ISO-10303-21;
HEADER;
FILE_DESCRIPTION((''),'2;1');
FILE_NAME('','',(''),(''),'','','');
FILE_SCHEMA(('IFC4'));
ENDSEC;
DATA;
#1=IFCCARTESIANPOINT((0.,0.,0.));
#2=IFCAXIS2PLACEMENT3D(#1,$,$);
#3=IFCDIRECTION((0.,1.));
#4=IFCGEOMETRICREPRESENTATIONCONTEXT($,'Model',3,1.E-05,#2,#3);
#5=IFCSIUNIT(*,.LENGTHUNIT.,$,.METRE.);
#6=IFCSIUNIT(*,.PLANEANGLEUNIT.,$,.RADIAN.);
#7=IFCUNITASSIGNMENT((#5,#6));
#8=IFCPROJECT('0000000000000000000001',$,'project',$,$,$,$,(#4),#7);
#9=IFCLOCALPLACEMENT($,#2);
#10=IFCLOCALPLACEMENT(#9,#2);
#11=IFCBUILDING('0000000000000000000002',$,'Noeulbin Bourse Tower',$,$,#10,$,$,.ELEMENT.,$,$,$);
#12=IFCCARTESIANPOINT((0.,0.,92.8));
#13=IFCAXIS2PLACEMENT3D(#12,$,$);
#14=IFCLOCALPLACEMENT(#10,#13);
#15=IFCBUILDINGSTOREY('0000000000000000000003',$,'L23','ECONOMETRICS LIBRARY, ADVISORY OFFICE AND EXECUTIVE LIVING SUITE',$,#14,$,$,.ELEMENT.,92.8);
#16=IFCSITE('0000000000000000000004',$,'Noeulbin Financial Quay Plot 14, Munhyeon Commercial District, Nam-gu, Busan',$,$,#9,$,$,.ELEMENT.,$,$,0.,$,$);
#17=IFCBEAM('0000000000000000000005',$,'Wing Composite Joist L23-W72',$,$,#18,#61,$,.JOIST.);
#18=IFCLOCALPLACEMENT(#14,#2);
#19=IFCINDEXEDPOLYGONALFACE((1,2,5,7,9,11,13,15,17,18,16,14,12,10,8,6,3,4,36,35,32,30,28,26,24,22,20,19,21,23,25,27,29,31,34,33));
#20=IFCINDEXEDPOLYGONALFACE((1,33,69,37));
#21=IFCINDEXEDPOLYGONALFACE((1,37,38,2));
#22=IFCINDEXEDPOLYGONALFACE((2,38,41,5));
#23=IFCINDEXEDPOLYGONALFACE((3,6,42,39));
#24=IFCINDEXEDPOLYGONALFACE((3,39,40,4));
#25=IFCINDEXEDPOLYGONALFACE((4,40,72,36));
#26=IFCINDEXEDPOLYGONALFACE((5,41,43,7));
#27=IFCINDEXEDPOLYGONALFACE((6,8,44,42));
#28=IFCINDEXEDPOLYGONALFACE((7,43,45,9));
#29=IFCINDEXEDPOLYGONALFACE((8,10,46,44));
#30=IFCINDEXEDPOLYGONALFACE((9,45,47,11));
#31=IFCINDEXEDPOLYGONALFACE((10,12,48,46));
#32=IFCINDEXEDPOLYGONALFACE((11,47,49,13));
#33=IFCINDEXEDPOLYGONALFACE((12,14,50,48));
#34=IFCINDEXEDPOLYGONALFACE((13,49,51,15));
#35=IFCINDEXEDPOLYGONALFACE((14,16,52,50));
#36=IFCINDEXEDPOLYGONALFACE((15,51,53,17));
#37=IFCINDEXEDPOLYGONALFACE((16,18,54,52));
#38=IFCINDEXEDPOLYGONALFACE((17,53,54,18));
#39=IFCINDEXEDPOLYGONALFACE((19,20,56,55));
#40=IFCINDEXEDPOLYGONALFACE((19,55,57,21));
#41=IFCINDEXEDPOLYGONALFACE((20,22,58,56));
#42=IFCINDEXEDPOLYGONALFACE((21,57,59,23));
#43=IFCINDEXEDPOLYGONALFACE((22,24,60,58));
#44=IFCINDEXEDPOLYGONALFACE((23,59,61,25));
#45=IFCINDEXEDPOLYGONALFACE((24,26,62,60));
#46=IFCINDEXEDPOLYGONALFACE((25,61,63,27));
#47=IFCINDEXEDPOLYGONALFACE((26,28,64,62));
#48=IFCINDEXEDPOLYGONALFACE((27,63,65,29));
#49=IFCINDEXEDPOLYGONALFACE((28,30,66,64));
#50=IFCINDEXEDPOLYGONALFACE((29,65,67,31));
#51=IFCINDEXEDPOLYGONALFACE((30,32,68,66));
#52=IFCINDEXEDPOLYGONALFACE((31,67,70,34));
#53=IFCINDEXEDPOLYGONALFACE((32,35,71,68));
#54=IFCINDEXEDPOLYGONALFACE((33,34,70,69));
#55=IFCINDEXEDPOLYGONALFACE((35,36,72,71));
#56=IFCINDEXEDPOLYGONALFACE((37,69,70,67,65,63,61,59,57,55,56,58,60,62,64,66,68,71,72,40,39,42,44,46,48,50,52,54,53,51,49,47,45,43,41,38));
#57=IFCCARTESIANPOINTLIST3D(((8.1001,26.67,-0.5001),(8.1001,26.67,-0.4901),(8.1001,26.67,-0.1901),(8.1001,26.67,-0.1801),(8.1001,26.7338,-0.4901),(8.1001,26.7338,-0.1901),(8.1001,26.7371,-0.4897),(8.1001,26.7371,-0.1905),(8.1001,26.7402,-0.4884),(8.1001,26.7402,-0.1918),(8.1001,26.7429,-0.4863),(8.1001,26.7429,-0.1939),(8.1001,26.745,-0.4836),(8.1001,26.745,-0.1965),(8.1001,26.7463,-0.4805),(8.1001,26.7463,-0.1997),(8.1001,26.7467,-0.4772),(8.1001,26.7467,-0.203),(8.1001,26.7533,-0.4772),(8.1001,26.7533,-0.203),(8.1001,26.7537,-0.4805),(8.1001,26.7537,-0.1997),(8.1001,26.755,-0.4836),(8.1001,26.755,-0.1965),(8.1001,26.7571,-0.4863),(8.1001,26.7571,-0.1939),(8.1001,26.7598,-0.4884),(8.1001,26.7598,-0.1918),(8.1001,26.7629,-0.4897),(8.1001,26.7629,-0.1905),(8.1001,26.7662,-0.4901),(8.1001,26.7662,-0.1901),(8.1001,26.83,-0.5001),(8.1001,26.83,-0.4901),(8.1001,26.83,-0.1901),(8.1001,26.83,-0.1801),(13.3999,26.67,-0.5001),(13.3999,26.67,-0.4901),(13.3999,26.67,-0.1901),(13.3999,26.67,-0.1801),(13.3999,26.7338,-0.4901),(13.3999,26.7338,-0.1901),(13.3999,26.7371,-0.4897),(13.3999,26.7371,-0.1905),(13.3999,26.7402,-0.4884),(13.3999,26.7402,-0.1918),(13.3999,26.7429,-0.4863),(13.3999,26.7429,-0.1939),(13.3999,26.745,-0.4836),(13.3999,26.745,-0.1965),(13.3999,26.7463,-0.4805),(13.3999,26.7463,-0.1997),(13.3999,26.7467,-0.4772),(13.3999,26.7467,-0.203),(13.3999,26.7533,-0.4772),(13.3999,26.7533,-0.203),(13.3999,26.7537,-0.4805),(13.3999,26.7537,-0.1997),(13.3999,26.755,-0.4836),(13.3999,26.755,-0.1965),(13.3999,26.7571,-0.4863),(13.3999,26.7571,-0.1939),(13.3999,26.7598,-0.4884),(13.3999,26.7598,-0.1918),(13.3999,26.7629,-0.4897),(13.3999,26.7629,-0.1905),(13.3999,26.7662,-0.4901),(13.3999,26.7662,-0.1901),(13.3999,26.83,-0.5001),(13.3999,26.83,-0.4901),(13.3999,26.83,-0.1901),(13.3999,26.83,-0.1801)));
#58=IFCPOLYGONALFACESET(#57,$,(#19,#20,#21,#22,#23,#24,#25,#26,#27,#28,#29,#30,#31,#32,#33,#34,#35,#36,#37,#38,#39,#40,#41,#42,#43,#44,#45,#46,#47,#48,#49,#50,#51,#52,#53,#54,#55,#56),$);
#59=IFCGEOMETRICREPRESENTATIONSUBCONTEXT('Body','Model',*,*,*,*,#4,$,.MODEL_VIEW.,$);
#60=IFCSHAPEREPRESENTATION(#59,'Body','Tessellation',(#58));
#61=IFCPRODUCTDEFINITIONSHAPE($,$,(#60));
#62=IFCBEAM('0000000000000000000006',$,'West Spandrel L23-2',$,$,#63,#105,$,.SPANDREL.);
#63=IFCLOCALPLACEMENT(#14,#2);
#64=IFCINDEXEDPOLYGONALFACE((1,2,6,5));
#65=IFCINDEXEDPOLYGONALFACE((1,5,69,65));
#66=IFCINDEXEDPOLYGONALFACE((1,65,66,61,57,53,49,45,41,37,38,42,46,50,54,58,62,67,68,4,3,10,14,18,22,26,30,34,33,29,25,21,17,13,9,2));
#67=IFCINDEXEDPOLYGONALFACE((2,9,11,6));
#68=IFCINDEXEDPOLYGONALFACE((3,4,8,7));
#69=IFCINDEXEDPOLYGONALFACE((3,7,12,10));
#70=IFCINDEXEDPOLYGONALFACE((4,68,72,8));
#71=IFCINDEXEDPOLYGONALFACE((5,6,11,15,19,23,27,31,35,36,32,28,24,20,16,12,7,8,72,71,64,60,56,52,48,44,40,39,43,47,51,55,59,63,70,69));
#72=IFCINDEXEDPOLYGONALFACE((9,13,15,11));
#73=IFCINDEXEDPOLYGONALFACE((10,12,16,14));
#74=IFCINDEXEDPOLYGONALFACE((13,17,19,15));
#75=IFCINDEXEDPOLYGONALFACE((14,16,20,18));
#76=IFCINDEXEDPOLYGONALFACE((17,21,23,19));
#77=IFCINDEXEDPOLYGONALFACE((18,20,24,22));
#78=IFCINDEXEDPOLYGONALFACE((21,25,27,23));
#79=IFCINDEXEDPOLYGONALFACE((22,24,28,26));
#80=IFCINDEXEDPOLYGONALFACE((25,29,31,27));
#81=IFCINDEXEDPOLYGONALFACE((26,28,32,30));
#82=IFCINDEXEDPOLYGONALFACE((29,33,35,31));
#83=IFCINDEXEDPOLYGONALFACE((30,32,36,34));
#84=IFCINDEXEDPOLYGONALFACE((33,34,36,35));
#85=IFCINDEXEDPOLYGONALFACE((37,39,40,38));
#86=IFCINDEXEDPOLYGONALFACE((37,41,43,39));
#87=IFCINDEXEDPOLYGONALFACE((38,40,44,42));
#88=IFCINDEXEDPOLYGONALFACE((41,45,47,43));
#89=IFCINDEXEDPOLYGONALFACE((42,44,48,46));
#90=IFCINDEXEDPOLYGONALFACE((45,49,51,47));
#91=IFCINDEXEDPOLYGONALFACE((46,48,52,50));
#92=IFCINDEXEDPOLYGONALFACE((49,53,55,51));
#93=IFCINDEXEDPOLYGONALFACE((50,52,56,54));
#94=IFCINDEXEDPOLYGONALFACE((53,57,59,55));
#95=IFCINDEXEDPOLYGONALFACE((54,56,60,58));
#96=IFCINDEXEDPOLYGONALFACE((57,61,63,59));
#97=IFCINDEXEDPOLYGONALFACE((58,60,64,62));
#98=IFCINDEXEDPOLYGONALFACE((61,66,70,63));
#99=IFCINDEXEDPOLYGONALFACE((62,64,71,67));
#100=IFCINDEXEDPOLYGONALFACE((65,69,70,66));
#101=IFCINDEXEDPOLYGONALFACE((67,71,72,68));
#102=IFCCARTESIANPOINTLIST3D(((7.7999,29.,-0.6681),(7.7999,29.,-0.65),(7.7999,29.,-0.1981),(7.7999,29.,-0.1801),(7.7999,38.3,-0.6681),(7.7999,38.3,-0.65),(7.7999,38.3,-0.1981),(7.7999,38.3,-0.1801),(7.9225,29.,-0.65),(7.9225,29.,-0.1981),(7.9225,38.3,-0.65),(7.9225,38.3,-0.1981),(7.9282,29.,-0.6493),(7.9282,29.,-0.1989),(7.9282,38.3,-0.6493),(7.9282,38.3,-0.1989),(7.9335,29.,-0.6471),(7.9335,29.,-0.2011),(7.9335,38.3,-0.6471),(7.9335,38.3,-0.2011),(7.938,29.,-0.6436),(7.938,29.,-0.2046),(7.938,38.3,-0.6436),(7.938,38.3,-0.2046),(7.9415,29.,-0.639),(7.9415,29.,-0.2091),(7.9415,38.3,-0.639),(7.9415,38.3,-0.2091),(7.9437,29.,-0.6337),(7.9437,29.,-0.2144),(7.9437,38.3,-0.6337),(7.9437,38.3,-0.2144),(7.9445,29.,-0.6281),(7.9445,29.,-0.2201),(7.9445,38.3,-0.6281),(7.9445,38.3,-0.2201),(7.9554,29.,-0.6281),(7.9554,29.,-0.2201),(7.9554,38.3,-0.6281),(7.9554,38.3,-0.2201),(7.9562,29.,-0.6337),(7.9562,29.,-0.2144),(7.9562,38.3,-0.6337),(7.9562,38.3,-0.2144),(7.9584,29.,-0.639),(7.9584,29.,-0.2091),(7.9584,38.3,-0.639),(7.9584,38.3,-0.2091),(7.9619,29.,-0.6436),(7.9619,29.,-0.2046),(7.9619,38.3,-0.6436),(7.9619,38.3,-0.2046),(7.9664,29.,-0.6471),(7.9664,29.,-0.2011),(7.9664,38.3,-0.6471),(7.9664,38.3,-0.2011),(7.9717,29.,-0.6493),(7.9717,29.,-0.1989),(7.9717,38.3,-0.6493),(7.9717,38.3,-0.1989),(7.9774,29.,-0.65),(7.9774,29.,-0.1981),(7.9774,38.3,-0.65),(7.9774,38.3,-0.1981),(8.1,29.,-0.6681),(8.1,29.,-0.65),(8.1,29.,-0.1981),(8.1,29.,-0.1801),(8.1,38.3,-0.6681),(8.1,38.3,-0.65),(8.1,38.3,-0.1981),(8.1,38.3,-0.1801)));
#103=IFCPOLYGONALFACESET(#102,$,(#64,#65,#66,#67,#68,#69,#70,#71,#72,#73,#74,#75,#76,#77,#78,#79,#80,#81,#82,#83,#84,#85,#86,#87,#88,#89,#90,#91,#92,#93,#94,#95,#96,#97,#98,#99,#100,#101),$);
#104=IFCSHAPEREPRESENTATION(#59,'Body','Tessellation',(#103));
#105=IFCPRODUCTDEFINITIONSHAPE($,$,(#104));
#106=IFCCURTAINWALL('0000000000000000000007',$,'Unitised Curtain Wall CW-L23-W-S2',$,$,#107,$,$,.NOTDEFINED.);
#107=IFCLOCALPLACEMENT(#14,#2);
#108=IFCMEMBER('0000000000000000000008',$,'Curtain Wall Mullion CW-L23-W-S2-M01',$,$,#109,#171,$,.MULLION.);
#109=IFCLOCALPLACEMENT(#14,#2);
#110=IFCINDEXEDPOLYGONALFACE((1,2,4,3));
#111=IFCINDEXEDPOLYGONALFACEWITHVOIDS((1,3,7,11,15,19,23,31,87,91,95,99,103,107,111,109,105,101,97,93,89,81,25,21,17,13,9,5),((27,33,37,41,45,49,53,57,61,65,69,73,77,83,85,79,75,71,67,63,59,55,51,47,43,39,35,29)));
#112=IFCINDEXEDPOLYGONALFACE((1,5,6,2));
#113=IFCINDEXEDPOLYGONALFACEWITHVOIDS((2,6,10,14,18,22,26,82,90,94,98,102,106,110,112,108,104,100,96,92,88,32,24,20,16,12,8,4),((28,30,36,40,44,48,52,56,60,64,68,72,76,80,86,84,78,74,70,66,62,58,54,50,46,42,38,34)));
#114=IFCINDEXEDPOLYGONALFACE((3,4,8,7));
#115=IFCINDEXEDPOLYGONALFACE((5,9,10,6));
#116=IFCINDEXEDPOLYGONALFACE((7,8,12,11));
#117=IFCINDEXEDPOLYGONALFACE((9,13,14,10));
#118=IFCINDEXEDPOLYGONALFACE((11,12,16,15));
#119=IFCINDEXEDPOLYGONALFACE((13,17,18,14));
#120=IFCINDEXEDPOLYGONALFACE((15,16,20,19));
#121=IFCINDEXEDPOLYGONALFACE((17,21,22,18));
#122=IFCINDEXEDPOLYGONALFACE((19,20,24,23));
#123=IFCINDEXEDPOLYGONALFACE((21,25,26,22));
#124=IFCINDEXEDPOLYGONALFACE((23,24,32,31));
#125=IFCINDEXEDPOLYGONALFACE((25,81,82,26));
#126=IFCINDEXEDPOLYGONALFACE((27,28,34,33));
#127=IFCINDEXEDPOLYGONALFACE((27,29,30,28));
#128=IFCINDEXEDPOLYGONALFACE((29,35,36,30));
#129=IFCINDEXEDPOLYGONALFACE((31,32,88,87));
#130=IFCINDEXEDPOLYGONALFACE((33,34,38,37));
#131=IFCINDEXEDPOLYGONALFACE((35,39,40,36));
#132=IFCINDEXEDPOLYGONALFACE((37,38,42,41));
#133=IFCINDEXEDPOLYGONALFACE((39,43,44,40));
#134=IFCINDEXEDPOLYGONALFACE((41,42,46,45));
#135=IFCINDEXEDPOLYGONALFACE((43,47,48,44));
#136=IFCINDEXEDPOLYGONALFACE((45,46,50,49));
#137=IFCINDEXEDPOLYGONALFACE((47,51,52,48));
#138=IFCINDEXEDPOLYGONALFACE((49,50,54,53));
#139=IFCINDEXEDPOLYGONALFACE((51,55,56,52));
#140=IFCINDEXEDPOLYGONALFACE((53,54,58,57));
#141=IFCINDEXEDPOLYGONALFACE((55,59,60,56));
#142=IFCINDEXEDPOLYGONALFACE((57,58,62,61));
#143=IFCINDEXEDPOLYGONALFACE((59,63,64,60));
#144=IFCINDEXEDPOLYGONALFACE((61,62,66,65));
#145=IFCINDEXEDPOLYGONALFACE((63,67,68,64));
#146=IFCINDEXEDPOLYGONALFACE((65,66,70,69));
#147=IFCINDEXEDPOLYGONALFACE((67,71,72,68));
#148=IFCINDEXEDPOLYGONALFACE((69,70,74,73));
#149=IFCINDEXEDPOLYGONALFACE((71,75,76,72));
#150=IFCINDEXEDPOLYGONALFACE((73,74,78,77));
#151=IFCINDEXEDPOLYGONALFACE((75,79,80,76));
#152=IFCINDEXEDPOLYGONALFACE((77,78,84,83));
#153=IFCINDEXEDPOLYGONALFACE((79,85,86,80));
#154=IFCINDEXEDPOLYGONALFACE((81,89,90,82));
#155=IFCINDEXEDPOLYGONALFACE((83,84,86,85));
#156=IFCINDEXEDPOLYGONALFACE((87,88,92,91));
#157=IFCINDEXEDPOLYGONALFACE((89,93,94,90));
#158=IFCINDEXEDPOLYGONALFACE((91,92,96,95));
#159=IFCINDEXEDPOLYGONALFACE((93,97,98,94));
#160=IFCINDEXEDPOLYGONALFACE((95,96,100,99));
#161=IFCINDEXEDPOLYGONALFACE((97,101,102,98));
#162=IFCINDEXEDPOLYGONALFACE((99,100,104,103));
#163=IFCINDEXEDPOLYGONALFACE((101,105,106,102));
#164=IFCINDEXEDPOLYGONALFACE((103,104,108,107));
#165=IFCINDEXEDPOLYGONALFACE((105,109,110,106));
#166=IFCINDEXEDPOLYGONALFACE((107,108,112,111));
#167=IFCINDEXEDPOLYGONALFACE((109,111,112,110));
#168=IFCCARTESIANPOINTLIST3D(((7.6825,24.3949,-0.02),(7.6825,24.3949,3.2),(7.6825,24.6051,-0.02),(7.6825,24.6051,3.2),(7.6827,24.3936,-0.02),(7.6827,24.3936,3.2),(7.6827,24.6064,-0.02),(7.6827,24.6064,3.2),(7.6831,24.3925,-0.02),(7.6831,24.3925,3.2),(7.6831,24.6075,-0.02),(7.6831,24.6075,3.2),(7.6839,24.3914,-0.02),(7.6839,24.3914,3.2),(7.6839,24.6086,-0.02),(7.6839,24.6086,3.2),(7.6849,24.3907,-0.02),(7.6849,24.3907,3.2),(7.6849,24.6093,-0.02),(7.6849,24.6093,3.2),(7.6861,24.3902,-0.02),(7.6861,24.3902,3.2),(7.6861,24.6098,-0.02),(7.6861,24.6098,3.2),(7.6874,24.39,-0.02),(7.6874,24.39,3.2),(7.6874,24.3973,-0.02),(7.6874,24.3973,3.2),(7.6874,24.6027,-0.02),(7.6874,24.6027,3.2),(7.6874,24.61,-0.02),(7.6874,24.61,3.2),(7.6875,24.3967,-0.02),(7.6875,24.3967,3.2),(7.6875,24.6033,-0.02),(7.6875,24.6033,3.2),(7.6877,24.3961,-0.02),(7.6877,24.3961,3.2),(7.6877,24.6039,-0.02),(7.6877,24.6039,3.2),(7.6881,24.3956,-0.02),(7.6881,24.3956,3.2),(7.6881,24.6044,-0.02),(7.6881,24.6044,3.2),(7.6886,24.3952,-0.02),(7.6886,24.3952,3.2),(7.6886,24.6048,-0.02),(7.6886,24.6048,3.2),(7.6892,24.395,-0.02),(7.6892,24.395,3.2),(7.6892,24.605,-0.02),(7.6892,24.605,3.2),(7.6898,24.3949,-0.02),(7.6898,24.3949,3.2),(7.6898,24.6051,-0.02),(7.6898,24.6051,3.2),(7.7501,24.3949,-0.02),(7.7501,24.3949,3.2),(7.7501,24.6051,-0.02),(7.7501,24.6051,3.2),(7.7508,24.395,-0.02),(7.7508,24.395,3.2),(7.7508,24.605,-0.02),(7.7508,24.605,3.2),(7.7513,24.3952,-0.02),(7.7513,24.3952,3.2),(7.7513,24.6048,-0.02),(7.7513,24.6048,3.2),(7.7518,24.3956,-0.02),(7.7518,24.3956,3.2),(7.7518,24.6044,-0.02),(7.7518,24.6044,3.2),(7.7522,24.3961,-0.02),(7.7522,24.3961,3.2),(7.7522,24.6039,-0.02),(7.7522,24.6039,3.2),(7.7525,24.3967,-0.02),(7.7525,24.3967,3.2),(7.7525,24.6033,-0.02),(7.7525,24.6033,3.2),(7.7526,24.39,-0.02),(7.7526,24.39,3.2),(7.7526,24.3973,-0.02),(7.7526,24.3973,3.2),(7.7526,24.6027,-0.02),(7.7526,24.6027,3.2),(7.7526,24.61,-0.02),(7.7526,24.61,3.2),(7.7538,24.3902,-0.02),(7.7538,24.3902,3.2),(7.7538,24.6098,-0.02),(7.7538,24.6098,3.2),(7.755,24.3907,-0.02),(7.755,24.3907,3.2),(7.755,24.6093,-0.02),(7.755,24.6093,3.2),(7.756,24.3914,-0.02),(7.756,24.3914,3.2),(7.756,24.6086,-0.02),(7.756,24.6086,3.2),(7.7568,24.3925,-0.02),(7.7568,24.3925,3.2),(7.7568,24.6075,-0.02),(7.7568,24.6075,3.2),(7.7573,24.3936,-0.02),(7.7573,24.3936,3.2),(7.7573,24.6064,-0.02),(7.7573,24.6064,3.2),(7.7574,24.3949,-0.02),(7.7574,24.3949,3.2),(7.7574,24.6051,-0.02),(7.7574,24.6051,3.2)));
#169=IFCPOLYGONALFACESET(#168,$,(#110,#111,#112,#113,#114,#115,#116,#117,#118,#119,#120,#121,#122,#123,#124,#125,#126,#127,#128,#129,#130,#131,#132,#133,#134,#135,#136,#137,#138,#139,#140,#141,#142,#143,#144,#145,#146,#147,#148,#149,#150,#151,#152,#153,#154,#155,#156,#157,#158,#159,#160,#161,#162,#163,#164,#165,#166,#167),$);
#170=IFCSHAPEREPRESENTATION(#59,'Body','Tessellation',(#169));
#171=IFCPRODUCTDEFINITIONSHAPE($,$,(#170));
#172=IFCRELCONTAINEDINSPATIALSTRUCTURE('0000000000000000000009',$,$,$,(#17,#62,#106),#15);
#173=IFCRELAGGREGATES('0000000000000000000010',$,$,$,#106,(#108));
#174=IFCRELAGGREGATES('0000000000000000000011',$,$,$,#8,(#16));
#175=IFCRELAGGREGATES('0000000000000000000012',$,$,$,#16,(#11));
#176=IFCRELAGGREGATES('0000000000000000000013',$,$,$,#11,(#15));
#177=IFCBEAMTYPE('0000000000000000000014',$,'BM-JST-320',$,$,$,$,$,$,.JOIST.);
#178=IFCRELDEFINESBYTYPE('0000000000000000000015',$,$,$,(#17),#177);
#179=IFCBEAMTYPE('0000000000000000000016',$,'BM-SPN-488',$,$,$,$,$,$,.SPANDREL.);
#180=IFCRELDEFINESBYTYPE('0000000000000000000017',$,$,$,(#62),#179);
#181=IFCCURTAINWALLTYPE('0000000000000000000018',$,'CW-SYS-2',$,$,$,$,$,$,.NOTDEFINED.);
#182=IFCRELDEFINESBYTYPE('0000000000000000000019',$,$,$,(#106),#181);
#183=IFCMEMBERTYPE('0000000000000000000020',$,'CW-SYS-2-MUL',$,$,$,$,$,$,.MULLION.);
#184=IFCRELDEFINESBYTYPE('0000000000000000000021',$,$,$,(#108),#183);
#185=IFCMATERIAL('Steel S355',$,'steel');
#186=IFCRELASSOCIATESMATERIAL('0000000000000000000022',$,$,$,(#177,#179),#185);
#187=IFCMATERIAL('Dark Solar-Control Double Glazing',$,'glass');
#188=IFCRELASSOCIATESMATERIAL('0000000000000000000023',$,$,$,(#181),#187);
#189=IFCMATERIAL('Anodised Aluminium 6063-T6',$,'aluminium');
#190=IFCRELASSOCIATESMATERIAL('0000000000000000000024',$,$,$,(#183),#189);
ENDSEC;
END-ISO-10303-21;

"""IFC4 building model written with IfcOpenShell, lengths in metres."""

from ifc_helpers import new_model, si_unit, direction, frame, origin, origin_2d, place, context, subcontext, project, spatial, hollow_rectangle, i_section, extrude, material, material_profile, profile_set, type_object, element, aggregate, save


model = new_model("IFC4")

# Units and contexts
model_context = context("Model", 3, precision=1e-05, world=origin(), true_north=direction((0.0, 1.0)))
body_context = subcontext(model_context, "Body", "Model", "MODEL_VIEW")
ifc_project = project(units=[si_unit("LENGTHUNIT", "METRE"), si_unit("PLANEANGLEUNIT", "RADIAN")], contexts=[model_context])

# Site, building, storey
site_placement = place(None, origin())
site = spatial("IfcSite", under=ifc_project, at=site_placement, Name="Noeulbin Financial Quay Plot 14, Munhyeon Commercial District, Nam-gu, Busan", CompositionType="ELEMENT", RefElevation=0.0)
building_placement = place(site_placement, origin())
building = spatial("IfcBuilding", under=site, at=building_placement, Name="Noeulbin Bourse Tower", CompositionType="ELEMENT")
storey_placement = place(building_placement, frame((0.0, 0.0, 92.8)))
storey = spatial("IfcBuildingStorey", under=building, at=storey_placement, Name="L23", Description="ECONOMETRICS LIBRARY, ADVISORY OFFICE AND EXECUTIVE LIVING SUITE", CompositionType="ELEMENT", Elevation=92.8)

# Beams
ifc_material_1 = material(Name="Steel S355", Category="steel")
ifc_material_profile_1 = material_profile(ifc_material_1, i_section(OverallWidth=0.1599, OverallDepth=0.3201, WebThickness=0.0066, FlangeThickness=0.01, FilletRadius=0.0129, at=origin_2d()), Name="H-320x160x6.5x10", Category="LoadBearing")
ifc_profile_set_1 = profile_set([ifc_material_profile_1], Name="Steel S355")
beam_type_1 = type_object("IfcBeamType", Name="BM-JST-320", PredefinedType="JOIST", material=ifc_profile_set_1)
for number, where, z_axis, x_axis, name in (
    (1, (8.1001, 26.75, -0.3401), (1.0, 0.0, 0.0), (0.0, 1.0, 0.0), "Wing Composite Joist L23-W72"),
):
    element("IfcBeam", number, at=place(storey_placement, frame(where, z_axis=z_axis, x_axis=x_axis)), inside=storey, type_object=beam_type_1, Name=name, PredefinedType="JOIST", context=body_context, shape_type="SweptSolid", body=[
        extrude(i_section(OverallWidth=0.1599, OverallDepth=0.3201, WebThickness=0.0066, FlangeThickness=0.01, FilletRadius=0.0129, at=origin_2d()), origin(), (0.0, 0.0, 1.0), 5.2998),
    ])
ifc_material_profile_2 = material_profile(ifc_material_1, i_section(OverallWidth=0.3, OverallDepth=0.488, WebThickness=0.011, FlangeThickness=0.0181, FilletRadius=0.022, at=origin_2d()), Name="H-488x300x11x18", Category="LoadBearing")
ifc_profile_set_2 = profile_set([ifc_material_profile_2], Name="Steel S355")
beam_type_2 = type_object("IfcBeamType", Name="BM-SPN-488", PredefinedType="SPANDREL", material=ifc_profile_set_2)
beam_1_placement = place(storey_placement, frame((7.95, 29.0, -0.4241), z_axis=(0.0, 1.0, 0.0), x_axis=(-1.0, 0.0, 0.0)))
element("IfcBeam", 2, at=beam_1_placement, inside=storey, type_object=beam_type_2, Name="West Spandrel L23-2", PredefinedType="SPANDREL", context=body_context, shape_type="SweptSolid", body=[
    extrude(i_section(OverallWidth=0.3, OverallDepth=0.488, WebThickness=0.011, FlangeThickness=0.0181, FilletRadius=0.022, at=origin_2d()), origin(), (0.0, 0.0, 1.0), 9.3),
])

# Curtain wall, member
ifc_material_2 = material(Name="Dark Solar-Control Double Glazing", Category="glass")
curtain_wall_type = type_object("IfcCurtainWallType", Name="CW-SYS-2", PredefinedType="NOTDEFINED", material=ifc_material_2)
curtain_wall_placement = place(storey_placement, origin())
curtain_wall = element("IfcCurtainWall", 3, at=curtain_wall_placement, inside=storey, type_object=curtain_wall_type, Name="Unitised Curtain Wall CW-L23-W-S2", PredefinedType="NOTDEFINED")
ifc_material_3 = material(Name="Anodised Aluminium 6063-T6", Category="aluminium")
ifc_material_profile_3 = material_profile(ifc_material_3, hollow_rectangle(XDim=0.075, YDim=0.22, WallThickness=0.0049, InnerFilletRadius=0.0024, OuterFilletRadius=0.0049, at=origin_2d()), Name="ALU-MULL-75x220x5", Category="LoadBearing")
ifc_profile_set_3 = profile_set([ifc_material_profile_3], Name="Anodised Aluminium 6063-T6")
member_type = type_object("IfcMemberType", Name="CW-SYS-2-MUL", PredefinedType="MULLION", material=ifc_profile_set_3)
member_1_placement = place(storey_placement, frame((7.72, 24.5, -0.02), z_axis=(0.0, 0.0, 1.0), x_axis=(1.0, 0.0, 0.0)))
member_1 = element("IfcMember", 4, at=member_1_placement, type_object=member_type, Name="Curtain Wall Mullion CW-L23-W-S2-M01", PredefinedType="MULLION", context=body_context, shape_type="SweptSolid", body=[
    extrude(hollow_rectangle(XDim=0.075, YDim=0.22, WallThickness=0.0049, InnerFilletRadius=0.0024, OuterFilletRadius=0.0049, at=origin_2d()), origin(), (0.0, 0.0, 1.0), 3.22),
])
aggregate(curtain_wall, [member_1])

save(model, "model.ifc")
